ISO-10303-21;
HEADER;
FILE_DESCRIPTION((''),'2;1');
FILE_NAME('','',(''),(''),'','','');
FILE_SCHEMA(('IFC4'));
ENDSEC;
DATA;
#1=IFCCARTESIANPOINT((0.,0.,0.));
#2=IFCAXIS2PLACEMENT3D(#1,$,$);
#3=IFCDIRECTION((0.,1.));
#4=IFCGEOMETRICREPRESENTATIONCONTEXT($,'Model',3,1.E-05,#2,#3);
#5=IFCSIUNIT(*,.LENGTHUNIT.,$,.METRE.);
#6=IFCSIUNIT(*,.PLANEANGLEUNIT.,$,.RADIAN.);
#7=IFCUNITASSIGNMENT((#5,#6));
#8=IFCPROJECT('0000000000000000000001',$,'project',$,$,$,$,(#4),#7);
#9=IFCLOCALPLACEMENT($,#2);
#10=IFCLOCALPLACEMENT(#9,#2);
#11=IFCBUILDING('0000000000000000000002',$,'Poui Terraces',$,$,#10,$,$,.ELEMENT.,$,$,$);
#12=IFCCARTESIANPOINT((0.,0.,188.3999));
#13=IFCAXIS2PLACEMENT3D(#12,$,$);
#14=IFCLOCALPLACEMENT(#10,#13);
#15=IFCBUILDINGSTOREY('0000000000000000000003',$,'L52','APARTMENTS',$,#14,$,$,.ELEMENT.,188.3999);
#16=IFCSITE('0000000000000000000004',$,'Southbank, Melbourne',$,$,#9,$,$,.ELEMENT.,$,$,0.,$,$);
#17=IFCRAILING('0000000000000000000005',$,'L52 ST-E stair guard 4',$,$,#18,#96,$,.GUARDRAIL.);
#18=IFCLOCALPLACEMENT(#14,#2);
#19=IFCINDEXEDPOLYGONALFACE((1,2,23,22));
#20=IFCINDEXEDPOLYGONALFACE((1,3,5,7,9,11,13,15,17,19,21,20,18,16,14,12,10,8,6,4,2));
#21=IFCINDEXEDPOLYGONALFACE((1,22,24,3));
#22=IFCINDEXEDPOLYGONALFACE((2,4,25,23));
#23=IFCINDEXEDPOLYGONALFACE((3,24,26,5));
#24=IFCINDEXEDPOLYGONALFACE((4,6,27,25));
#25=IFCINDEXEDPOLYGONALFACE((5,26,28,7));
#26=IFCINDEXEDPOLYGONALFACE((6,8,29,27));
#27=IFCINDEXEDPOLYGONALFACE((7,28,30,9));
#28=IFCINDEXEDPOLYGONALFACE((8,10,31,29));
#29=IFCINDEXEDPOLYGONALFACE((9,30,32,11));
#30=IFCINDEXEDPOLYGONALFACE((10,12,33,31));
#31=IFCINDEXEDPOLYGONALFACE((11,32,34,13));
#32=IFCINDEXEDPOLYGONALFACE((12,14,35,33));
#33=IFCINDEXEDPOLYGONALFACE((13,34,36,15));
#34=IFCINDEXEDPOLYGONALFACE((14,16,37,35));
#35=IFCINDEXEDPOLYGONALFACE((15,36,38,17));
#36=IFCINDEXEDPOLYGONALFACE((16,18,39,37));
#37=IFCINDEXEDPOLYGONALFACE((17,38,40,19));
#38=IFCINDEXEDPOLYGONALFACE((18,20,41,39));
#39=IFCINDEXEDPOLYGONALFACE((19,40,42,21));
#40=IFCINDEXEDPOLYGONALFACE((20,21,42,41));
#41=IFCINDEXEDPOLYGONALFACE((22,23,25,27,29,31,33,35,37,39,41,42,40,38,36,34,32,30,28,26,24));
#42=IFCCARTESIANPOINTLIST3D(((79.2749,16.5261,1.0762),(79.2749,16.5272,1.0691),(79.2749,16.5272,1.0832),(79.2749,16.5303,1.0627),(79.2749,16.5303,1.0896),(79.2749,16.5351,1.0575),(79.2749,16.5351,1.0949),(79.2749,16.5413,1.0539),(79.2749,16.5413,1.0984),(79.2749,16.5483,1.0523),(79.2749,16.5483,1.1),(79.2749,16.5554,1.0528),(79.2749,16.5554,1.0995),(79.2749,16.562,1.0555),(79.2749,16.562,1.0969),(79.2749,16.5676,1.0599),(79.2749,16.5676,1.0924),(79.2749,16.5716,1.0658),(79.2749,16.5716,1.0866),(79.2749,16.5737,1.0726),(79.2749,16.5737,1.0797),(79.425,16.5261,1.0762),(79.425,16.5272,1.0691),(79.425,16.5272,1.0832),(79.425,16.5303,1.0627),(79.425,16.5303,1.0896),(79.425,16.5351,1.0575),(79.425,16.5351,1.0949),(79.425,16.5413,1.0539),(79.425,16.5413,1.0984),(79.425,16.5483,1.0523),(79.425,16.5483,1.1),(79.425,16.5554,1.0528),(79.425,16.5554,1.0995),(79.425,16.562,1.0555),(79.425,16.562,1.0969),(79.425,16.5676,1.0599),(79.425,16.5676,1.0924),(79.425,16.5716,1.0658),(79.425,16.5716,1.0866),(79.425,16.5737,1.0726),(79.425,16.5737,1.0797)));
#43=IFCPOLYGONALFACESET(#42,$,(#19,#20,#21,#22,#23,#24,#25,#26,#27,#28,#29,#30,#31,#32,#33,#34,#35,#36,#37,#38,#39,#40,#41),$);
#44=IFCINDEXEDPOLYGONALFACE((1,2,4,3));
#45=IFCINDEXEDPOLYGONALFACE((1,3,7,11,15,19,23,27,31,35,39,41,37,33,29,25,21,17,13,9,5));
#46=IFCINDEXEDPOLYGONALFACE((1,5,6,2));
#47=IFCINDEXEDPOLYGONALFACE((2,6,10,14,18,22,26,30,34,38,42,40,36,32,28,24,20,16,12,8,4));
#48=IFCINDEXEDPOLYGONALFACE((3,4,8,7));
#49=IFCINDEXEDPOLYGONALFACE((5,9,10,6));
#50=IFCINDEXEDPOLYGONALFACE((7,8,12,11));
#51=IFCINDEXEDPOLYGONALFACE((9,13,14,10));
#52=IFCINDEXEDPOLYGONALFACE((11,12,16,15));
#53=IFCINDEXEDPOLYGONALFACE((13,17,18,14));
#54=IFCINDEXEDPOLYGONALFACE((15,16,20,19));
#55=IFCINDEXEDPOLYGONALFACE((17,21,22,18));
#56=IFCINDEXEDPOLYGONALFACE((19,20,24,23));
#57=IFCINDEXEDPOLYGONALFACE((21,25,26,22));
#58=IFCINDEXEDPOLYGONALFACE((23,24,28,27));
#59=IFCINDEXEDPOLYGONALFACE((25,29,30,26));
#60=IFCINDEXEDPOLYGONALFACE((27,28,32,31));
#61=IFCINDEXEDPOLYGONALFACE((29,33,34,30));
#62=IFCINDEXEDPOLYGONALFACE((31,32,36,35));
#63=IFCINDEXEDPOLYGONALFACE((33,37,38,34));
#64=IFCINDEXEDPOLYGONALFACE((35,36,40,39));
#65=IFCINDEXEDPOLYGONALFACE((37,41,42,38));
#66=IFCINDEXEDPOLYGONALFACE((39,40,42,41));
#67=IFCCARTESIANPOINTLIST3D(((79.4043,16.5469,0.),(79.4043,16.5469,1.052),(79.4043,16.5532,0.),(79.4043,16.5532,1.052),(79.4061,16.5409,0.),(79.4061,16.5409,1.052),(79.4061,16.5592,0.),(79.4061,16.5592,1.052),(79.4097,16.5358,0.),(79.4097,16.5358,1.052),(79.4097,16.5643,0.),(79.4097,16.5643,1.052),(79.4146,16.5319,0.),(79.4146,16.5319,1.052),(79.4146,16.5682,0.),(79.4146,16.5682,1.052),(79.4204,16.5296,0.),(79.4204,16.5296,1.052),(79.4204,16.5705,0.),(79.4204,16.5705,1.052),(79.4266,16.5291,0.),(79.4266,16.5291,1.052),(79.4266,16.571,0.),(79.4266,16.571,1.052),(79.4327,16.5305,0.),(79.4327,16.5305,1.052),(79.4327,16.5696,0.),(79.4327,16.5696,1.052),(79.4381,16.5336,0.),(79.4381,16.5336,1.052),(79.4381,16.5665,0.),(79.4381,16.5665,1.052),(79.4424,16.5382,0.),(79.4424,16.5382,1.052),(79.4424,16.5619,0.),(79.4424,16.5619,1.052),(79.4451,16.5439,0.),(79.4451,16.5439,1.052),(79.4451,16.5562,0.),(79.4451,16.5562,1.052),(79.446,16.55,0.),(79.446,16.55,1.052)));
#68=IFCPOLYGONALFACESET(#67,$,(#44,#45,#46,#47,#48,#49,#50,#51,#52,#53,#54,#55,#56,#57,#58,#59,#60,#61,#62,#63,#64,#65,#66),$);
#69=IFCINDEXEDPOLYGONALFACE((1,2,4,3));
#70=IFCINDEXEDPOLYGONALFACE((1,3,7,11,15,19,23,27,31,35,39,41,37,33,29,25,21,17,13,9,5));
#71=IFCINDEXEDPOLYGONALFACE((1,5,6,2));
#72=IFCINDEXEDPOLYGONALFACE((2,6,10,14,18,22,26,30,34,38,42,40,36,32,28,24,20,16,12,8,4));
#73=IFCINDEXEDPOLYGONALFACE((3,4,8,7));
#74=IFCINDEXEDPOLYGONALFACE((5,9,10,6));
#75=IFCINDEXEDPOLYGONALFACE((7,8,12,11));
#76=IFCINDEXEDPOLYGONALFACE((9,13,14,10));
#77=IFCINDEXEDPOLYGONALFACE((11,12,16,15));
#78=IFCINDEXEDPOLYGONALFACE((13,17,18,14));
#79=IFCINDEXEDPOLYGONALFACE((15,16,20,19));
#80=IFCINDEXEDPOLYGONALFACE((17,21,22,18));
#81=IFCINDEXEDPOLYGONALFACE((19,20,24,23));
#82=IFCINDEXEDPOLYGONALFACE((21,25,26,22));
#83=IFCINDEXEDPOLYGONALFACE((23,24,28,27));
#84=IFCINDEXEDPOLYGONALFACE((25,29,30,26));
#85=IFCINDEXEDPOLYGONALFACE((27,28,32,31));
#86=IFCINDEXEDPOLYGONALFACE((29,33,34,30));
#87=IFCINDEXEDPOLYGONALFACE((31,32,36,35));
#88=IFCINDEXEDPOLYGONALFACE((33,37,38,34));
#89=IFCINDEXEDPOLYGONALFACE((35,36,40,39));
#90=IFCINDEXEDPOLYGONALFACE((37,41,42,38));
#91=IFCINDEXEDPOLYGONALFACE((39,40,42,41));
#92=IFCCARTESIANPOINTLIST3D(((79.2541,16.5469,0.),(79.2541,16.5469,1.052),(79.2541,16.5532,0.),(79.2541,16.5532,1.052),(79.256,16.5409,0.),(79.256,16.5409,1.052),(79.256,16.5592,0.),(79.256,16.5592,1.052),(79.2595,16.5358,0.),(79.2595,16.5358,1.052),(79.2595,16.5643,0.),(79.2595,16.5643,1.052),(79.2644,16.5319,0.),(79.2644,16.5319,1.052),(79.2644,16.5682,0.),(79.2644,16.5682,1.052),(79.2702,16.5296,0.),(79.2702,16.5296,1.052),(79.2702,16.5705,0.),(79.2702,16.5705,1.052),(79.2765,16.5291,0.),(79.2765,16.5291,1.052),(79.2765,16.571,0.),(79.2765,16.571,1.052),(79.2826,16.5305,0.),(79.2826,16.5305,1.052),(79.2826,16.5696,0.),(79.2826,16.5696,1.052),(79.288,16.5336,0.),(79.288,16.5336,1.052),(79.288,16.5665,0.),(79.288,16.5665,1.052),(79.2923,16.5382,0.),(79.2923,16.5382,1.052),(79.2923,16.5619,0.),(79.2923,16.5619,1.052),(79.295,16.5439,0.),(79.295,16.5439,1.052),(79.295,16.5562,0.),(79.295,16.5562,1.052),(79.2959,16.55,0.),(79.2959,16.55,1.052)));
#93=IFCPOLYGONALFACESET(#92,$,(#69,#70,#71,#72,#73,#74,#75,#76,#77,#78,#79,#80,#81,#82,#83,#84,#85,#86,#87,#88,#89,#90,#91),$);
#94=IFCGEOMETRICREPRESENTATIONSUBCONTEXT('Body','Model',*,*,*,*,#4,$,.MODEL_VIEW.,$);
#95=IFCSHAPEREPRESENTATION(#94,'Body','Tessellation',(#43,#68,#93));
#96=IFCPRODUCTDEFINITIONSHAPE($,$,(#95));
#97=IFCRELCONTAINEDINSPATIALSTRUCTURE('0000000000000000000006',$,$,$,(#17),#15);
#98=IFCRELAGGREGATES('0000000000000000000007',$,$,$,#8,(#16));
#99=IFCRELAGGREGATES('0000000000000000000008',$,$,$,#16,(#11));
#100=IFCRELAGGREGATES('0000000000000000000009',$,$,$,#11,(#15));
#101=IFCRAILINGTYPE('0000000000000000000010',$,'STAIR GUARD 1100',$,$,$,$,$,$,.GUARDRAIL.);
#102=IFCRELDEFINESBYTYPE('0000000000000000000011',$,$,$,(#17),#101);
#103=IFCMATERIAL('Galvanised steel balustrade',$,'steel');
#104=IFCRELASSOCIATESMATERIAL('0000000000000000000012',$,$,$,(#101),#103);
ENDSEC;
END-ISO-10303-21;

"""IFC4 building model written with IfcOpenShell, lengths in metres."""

from ifc_helpers import new_model, si_unit, direction, frame, origin, origin_2d, place, context, subcontext, project, spatial, circle, extrude, material, type_object, element, save


model = new_model("IFC4")

# Units and contexts
model_context = context("Model", 3, precision=1e-05, world=origin(), true_north=direction((0.0, 1.0)))
body_context = subcontext(model_context, "Body", "Model", "MODEL_VIEW")
ifc_project = project(units=[si_unit("LENGTHUNIT", "METRE"), si_unit("PLANEANGLEUNIT", "RADIAN")], contexts=[model_context])

# Site, building, storey
site_placement = place(None, origin())
site = spatial("IfcSite", under=ifc_project, at=site_placement, Name="Southbank, Melbourne", CompositionType="ELEMENT", RefElevation=0.0)
building_placement = place(site_placement, origin())
building = spatial("IfcBuilding", under=site, at=building_placement, Name="Poui Terraces", CompositionType="ELEMENT")
storey_placement = place(building_placement, frame((0.0, 0.0, 188.3999)))
storey = spatial("IfcBuildingStorey", under=building, at=storey_placement, Name="L52", Description="APARTMENTS", CompositionType="ELEMENT", Elevation=188.3999)

# Railing
ifc_material_1 = material(Name="Galvanised steel balustrade", Category="steel")
railing_type_1 = type_object("IfcRailingType", Name="STAIR GUARD 1100", PredefinedType="GUARDRAIL", material=ifc_material_1)
railing_1_placement = place(storey_placement, frame((79.425, 16.55, 0.0)))
element("IfcRailing", 1, at=railing_1_placement, inside=storey, type_object=railing_type_1, Name="L52 ST-E stair guard 4", PredefinedType="GUARDRAIL", context=body_context, shape_type="SweptSolid", body=[
    extrude(circle(Radius=0.0239, at=origin_2d()), frame((0.0, 0.0, 1.0762), z_axis=(-1.0, 0.0, 0.0), x_axis=(0.0, -1.0, 0.0)), (0.0, 0.0, 1.0), 0.1501),
    extrude(circle(Radius=0.021, at=origin_2d()), origin(), (0.0, 0.0, 1.0), 1.052),
    extrude(circle(Radius=0.021, at=origin_2d()), frame((-0.1501, 0.0, 0.0)), (0.0, 0.0, 1.0), 1.052),
])

save(model, "model.ifc")
